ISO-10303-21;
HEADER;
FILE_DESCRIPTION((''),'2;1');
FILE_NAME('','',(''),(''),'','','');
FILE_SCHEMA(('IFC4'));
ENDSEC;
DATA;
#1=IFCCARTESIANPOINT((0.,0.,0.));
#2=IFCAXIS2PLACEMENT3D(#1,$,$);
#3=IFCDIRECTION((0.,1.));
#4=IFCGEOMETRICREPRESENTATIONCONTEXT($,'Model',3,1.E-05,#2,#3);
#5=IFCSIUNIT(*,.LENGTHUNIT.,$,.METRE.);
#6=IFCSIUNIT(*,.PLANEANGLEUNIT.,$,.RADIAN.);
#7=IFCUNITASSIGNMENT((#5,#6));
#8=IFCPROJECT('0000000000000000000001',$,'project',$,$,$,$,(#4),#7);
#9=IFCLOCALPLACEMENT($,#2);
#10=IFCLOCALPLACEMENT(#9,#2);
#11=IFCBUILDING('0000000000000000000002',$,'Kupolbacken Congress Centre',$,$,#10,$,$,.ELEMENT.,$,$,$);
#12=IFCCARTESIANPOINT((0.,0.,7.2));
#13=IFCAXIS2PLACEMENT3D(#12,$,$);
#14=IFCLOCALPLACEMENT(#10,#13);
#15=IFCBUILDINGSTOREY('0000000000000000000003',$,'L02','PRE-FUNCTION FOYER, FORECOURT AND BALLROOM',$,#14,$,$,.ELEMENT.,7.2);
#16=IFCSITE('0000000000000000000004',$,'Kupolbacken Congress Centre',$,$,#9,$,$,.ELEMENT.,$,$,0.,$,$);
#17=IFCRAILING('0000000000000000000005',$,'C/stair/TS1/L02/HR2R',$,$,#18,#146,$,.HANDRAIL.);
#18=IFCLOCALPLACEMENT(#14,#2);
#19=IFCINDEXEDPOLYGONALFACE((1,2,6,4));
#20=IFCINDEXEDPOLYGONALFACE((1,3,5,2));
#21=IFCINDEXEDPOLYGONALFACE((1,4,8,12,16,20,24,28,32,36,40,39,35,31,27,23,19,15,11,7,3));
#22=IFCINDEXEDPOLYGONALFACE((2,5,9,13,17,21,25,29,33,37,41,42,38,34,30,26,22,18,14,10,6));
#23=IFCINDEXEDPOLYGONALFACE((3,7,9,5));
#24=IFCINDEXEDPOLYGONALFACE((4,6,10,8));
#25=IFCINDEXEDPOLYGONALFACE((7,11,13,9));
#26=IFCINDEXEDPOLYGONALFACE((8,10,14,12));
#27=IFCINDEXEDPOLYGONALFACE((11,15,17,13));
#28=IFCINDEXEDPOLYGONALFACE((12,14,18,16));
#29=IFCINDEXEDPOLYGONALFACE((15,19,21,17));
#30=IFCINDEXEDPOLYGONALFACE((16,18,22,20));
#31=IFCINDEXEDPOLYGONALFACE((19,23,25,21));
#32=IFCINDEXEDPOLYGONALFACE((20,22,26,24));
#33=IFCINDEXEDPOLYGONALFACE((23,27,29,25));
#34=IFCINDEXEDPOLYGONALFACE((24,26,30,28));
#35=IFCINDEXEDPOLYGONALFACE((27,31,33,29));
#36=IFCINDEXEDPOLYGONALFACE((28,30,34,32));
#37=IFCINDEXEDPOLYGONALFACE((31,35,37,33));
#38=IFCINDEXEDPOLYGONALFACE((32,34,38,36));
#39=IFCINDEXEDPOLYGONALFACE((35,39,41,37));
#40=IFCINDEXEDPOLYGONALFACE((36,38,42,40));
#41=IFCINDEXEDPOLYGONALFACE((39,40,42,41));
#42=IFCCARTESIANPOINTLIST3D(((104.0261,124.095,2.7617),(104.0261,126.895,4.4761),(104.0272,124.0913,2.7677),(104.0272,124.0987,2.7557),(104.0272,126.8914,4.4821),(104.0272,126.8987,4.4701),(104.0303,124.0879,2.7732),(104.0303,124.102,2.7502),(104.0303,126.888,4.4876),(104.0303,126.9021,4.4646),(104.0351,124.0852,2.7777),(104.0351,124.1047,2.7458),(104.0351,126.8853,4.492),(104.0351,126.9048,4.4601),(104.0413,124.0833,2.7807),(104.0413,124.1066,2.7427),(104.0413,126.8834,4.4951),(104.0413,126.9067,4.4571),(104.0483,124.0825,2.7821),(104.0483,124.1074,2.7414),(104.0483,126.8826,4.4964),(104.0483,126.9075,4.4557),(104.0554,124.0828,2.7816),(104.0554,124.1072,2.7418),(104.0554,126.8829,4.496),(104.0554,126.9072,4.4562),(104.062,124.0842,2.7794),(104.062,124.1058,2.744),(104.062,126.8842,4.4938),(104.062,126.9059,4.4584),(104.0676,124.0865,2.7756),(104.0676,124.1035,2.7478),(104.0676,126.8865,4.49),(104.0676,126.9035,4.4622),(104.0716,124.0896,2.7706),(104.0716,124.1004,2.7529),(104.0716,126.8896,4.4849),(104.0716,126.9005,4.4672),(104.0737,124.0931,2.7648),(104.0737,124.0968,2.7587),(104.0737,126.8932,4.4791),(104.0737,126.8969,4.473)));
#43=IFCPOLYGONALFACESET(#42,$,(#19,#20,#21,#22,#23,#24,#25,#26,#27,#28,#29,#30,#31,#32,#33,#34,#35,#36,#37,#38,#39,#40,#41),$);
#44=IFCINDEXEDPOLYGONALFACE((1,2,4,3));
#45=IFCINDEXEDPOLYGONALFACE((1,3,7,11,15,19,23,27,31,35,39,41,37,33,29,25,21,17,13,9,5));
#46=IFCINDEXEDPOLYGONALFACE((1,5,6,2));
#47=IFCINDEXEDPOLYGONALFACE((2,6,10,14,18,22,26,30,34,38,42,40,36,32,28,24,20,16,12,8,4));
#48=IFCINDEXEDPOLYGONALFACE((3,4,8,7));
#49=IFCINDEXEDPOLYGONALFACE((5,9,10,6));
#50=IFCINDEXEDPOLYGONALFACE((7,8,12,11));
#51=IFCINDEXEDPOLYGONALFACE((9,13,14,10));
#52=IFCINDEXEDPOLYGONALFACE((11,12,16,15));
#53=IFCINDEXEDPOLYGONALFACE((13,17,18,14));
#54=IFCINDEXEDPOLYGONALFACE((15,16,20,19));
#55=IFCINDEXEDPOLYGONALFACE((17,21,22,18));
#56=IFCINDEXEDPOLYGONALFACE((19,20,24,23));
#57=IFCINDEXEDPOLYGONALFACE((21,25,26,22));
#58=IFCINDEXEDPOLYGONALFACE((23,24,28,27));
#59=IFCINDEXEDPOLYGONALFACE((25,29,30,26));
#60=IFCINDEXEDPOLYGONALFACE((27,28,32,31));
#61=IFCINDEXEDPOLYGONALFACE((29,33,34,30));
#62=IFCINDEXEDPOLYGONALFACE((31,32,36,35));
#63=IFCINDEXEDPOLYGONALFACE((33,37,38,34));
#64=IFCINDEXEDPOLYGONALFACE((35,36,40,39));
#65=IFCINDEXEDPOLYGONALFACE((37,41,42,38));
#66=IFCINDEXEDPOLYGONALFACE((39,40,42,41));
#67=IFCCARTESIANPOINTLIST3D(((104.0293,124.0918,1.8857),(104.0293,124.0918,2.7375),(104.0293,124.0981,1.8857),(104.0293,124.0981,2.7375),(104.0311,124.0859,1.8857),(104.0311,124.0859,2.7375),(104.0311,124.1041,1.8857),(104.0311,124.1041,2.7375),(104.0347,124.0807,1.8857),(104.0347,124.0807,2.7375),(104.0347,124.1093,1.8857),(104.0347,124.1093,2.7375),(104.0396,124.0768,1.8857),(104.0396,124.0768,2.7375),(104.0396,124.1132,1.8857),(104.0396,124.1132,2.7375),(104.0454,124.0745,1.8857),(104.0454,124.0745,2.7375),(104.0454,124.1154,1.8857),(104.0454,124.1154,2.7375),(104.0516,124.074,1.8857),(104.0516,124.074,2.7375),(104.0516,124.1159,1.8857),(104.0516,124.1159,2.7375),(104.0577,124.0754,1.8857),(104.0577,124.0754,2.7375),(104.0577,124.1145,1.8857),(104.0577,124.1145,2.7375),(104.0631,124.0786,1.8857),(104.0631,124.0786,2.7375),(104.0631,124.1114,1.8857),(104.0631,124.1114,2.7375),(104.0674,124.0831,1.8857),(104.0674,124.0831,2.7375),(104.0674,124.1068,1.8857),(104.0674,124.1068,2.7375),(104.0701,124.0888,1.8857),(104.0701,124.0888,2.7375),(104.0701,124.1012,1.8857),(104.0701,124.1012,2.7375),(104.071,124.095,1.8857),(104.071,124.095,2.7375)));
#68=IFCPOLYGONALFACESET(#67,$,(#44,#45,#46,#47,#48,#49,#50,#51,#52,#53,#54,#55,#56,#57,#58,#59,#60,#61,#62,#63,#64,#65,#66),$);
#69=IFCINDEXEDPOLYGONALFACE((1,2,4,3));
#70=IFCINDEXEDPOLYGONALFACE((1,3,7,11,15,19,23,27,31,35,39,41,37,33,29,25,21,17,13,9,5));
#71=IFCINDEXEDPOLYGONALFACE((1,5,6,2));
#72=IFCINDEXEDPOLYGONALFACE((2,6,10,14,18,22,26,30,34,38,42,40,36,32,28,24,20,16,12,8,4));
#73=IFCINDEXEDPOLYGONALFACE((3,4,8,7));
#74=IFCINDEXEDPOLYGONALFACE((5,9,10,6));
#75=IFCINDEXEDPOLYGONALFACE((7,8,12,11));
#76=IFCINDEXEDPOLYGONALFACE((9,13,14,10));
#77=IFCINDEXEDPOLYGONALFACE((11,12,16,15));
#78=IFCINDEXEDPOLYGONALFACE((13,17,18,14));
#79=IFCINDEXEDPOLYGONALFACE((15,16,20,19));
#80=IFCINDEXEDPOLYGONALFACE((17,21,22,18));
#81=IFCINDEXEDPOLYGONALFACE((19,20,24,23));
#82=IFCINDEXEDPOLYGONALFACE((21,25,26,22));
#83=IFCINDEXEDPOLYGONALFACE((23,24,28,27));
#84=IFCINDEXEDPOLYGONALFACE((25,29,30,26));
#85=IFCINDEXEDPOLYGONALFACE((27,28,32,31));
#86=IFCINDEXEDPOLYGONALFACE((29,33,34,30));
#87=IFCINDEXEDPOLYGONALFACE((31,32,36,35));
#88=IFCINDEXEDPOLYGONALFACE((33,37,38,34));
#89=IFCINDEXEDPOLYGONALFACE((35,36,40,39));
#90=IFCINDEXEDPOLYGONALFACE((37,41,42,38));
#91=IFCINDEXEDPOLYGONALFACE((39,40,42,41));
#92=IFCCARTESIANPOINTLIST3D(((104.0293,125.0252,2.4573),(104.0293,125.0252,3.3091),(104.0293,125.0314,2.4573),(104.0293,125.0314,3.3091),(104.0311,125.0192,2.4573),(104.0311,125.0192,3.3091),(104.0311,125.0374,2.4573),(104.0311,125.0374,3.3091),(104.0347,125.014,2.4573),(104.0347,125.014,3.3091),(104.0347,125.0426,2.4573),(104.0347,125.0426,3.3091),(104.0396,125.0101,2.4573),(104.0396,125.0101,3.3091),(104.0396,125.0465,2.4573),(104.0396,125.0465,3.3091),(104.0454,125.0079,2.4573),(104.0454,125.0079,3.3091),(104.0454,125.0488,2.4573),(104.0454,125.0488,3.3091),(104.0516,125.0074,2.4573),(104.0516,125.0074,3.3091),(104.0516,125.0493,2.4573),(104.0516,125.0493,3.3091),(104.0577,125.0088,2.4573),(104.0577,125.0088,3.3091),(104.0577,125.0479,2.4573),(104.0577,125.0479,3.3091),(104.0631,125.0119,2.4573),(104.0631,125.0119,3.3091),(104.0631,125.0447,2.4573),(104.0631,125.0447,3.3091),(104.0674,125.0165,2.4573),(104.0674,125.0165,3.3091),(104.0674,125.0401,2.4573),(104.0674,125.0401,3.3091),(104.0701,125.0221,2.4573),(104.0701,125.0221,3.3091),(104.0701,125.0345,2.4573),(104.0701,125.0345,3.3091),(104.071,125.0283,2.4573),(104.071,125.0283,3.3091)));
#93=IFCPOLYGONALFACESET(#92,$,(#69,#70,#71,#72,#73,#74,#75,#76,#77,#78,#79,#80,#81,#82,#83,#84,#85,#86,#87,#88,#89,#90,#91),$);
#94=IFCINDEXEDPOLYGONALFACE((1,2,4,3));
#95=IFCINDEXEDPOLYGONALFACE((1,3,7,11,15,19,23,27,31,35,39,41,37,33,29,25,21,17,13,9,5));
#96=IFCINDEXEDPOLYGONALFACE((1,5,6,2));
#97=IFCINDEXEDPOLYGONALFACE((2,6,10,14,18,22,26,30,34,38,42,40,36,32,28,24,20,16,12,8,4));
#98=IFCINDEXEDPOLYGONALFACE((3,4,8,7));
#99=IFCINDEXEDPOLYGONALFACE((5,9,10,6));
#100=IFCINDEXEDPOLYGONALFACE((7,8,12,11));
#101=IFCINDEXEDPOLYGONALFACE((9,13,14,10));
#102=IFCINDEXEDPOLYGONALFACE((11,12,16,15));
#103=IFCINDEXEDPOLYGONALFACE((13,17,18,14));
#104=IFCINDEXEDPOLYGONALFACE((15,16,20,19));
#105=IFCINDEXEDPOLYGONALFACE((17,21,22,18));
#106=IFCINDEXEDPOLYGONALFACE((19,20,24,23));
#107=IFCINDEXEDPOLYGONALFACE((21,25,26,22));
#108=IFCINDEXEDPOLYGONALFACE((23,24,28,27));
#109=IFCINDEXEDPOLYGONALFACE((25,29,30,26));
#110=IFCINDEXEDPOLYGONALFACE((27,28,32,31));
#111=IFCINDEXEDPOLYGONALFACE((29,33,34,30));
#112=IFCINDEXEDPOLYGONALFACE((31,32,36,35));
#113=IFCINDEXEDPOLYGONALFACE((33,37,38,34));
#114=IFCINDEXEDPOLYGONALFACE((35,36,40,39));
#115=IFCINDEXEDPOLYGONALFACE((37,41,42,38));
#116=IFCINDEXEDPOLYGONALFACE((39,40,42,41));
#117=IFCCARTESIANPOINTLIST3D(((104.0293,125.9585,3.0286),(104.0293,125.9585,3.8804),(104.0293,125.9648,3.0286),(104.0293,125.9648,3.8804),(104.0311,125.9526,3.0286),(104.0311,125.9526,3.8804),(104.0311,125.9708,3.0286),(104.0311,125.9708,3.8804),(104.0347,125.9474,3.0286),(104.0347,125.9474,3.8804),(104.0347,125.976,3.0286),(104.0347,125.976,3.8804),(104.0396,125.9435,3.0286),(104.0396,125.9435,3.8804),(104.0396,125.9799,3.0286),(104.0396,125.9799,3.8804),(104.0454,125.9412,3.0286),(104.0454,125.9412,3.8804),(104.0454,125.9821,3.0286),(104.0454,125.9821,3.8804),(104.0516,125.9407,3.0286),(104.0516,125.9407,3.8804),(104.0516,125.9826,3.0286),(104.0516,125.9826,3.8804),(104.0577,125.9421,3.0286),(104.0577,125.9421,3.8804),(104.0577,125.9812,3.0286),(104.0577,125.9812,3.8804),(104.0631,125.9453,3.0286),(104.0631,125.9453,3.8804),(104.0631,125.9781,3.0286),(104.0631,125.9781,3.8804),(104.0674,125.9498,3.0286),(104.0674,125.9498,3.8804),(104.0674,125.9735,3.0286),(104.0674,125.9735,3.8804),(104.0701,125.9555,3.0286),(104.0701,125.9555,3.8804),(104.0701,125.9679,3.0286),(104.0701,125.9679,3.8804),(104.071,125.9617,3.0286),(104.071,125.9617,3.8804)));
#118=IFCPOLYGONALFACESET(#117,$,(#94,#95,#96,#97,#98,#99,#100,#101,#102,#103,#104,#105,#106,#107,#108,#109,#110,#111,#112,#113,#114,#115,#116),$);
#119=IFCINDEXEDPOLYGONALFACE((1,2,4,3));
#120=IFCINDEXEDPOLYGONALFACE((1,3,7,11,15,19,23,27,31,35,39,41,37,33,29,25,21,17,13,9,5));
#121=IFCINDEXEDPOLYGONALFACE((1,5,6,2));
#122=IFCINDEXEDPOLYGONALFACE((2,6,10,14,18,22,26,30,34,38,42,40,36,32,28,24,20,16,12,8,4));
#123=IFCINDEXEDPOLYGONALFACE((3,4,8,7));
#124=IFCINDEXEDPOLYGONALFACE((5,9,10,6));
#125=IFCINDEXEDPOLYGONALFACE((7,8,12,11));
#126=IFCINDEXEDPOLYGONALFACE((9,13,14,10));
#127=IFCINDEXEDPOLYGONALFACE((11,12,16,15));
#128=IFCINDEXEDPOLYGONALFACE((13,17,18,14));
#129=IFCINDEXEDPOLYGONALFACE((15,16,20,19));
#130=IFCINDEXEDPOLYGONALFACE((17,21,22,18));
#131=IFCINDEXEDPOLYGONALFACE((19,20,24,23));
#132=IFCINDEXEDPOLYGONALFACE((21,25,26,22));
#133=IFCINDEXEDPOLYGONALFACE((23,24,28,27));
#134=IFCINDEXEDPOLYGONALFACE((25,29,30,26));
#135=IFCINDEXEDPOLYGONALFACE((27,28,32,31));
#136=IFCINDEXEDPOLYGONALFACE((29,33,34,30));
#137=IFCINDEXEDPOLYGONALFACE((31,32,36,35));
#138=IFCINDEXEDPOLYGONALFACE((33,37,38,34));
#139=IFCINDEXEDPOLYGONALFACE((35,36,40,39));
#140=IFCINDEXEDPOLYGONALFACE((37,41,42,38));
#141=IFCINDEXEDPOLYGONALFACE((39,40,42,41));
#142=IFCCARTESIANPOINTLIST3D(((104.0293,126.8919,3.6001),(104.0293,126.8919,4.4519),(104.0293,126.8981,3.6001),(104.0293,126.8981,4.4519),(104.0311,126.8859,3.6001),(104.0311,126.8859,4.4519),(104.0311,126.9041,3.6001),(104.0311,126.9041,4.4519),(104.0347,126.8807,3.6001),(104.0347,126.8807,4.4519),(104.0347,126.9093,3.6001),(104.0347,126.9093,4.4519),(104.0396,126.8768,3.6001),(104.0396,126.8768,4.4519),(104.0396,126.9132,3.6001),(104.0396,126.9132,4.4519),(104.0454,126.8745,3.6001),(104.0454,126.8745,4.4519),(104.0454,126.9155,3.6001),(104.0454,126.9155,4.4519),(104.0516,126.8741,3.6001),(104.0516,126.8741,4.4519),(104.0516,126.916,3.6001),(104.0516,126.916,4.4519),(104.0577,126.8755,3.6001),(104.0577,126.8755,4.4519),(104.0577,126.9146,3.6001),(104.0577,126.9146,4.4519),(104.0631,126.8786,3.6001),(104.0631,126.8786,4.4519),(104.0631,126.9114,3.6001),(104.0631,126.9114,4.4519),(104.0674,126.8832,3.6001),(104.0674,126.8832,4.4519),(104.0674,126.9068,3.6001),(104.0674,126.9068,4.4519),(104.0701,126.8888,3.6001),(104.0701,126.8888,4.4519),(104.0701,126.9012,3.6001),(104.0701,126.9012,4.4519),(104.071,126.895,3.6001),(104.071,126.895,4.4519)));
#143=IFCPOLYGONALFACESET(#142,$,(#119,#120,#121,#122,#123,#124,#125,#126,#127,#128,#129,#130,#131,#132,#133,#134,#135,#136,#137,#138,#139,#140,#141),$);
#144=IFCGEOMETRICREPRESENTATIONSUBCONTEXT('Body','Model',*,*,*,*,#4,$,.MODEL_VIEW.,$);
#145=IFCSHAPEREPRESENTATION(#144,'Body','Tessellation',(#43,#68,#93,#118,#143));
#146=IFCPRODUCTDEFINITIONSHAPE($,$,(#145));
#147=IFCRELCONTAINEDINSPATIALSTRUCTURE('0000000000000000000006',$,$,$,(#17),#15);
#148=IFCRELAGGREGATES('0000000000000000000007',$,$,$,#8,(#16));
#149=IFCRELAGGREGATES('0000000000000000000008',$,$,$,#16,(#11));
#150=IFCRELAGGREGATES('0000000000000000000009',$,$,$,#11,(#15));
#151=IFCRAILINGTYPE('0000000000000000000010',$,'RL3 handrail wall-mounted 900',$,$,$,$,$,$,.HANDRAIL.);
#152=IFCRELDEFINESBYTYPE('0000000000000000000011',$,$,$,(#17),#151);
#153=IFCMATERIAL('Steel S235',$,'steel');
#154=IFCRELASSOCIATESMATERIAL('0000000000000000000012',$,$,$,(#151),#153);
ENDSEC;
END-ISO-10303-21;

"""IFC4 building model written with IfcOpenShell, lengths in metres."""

from ifc_helpers import new_model, si_unit, direction, frame, origin, origin_2d, place, context, subcontext, project, spatial, circle, extrude, material, type_object, element, save


model = new_model("IFC4")

# Units and contexts
model_context = context("Model", 3, precision=1e-05, world=origin(), true_north=direction((0.0, 1.0)))
body_context = subcontext(model_context, "Body", "Model", "MODEL_VIEW")
ifc_project = project(units=[si_unit("LENGTHUNIT", "METRE"), si_unit("PLANEANGLEUNIT", "RADIAN")], contexts=[model_context])

# Site, building, storey
site_placement = place(None, origin())
site = spatial("IfcSite", under=ifc_project, at=site_placement, Name="Kupolbacken Congress Centre", CompositionType="ELEMENT", RefElevation=0.0)
building_placement = place(site_placement, origin())
building = spatial("IfcBuilding", under=site, at=building_placement, Name="Kupolbacken Congress Centre", CompositionType="ELEMENT")
storey_placement = place(building_placement, frame((0.0, 0.0, 7.2)))
storey = spatial("IfcBuildingStorey", under=building, at=storey_placement, Name="L02", Description="PRE-FUNCTION FOYER, FORECOURT AND BALLROOM", CompositionType="ELEMENT", Elevation=7.2)

# Railing
ifc_material_1 = material(Name="Steel S235", Category="steel")
railing_type = type_object("IfcRailingType", Name="RL3 handrail wall-mounted 900", PredefinedType="HANDRAIL", material=ifc_material_1)
for number, where, name in (
    (1, (104.05, 124.095, 1.8857), "C/stair/TS1/L02/HR2R"),
):
    element("IfcRailing", number, at=place(storey_placement, frame(where)), inside=storey, type_object=railing_type, Name=name, PredefinedType="HANDRAIL", context=body_context, shape_type="SweptSolid", body=[
        extrude(circle(Radius=0.0239, at=origin_2d()), frame((0.0, 0.0, 0.876), z_axis=(0.0, 0.852846, 0.522163), x_axis=(-1.0, 0.0, 0.0)), (0.0, 0.0, 1.0), 3.2832),
        extrude(circle(Radius=0.021, at=origin_2d()), origin(), (0.0, 0.0, 1.0), 0.8518),
        extrude(circle(Radius=0.021, at=origin_2d()), frame((0.0, 0.9333, 0.5715)), (0.0, 0.0, 1.0), 0.8518),
        extrude(circle(Radius=0.021, at=origin_2d()), frame((0.0, 1.8667, 1.1428)), (0.0, 0.0, 1.0), 0.8518),
        extrude(circle(Radius=0.021, at=origin_2d()), frame((0.0, 2.8, 1.7144)), (0.0, 0.0, 1.0), 0.8518),
    ])

save(model, "model.ifc")
